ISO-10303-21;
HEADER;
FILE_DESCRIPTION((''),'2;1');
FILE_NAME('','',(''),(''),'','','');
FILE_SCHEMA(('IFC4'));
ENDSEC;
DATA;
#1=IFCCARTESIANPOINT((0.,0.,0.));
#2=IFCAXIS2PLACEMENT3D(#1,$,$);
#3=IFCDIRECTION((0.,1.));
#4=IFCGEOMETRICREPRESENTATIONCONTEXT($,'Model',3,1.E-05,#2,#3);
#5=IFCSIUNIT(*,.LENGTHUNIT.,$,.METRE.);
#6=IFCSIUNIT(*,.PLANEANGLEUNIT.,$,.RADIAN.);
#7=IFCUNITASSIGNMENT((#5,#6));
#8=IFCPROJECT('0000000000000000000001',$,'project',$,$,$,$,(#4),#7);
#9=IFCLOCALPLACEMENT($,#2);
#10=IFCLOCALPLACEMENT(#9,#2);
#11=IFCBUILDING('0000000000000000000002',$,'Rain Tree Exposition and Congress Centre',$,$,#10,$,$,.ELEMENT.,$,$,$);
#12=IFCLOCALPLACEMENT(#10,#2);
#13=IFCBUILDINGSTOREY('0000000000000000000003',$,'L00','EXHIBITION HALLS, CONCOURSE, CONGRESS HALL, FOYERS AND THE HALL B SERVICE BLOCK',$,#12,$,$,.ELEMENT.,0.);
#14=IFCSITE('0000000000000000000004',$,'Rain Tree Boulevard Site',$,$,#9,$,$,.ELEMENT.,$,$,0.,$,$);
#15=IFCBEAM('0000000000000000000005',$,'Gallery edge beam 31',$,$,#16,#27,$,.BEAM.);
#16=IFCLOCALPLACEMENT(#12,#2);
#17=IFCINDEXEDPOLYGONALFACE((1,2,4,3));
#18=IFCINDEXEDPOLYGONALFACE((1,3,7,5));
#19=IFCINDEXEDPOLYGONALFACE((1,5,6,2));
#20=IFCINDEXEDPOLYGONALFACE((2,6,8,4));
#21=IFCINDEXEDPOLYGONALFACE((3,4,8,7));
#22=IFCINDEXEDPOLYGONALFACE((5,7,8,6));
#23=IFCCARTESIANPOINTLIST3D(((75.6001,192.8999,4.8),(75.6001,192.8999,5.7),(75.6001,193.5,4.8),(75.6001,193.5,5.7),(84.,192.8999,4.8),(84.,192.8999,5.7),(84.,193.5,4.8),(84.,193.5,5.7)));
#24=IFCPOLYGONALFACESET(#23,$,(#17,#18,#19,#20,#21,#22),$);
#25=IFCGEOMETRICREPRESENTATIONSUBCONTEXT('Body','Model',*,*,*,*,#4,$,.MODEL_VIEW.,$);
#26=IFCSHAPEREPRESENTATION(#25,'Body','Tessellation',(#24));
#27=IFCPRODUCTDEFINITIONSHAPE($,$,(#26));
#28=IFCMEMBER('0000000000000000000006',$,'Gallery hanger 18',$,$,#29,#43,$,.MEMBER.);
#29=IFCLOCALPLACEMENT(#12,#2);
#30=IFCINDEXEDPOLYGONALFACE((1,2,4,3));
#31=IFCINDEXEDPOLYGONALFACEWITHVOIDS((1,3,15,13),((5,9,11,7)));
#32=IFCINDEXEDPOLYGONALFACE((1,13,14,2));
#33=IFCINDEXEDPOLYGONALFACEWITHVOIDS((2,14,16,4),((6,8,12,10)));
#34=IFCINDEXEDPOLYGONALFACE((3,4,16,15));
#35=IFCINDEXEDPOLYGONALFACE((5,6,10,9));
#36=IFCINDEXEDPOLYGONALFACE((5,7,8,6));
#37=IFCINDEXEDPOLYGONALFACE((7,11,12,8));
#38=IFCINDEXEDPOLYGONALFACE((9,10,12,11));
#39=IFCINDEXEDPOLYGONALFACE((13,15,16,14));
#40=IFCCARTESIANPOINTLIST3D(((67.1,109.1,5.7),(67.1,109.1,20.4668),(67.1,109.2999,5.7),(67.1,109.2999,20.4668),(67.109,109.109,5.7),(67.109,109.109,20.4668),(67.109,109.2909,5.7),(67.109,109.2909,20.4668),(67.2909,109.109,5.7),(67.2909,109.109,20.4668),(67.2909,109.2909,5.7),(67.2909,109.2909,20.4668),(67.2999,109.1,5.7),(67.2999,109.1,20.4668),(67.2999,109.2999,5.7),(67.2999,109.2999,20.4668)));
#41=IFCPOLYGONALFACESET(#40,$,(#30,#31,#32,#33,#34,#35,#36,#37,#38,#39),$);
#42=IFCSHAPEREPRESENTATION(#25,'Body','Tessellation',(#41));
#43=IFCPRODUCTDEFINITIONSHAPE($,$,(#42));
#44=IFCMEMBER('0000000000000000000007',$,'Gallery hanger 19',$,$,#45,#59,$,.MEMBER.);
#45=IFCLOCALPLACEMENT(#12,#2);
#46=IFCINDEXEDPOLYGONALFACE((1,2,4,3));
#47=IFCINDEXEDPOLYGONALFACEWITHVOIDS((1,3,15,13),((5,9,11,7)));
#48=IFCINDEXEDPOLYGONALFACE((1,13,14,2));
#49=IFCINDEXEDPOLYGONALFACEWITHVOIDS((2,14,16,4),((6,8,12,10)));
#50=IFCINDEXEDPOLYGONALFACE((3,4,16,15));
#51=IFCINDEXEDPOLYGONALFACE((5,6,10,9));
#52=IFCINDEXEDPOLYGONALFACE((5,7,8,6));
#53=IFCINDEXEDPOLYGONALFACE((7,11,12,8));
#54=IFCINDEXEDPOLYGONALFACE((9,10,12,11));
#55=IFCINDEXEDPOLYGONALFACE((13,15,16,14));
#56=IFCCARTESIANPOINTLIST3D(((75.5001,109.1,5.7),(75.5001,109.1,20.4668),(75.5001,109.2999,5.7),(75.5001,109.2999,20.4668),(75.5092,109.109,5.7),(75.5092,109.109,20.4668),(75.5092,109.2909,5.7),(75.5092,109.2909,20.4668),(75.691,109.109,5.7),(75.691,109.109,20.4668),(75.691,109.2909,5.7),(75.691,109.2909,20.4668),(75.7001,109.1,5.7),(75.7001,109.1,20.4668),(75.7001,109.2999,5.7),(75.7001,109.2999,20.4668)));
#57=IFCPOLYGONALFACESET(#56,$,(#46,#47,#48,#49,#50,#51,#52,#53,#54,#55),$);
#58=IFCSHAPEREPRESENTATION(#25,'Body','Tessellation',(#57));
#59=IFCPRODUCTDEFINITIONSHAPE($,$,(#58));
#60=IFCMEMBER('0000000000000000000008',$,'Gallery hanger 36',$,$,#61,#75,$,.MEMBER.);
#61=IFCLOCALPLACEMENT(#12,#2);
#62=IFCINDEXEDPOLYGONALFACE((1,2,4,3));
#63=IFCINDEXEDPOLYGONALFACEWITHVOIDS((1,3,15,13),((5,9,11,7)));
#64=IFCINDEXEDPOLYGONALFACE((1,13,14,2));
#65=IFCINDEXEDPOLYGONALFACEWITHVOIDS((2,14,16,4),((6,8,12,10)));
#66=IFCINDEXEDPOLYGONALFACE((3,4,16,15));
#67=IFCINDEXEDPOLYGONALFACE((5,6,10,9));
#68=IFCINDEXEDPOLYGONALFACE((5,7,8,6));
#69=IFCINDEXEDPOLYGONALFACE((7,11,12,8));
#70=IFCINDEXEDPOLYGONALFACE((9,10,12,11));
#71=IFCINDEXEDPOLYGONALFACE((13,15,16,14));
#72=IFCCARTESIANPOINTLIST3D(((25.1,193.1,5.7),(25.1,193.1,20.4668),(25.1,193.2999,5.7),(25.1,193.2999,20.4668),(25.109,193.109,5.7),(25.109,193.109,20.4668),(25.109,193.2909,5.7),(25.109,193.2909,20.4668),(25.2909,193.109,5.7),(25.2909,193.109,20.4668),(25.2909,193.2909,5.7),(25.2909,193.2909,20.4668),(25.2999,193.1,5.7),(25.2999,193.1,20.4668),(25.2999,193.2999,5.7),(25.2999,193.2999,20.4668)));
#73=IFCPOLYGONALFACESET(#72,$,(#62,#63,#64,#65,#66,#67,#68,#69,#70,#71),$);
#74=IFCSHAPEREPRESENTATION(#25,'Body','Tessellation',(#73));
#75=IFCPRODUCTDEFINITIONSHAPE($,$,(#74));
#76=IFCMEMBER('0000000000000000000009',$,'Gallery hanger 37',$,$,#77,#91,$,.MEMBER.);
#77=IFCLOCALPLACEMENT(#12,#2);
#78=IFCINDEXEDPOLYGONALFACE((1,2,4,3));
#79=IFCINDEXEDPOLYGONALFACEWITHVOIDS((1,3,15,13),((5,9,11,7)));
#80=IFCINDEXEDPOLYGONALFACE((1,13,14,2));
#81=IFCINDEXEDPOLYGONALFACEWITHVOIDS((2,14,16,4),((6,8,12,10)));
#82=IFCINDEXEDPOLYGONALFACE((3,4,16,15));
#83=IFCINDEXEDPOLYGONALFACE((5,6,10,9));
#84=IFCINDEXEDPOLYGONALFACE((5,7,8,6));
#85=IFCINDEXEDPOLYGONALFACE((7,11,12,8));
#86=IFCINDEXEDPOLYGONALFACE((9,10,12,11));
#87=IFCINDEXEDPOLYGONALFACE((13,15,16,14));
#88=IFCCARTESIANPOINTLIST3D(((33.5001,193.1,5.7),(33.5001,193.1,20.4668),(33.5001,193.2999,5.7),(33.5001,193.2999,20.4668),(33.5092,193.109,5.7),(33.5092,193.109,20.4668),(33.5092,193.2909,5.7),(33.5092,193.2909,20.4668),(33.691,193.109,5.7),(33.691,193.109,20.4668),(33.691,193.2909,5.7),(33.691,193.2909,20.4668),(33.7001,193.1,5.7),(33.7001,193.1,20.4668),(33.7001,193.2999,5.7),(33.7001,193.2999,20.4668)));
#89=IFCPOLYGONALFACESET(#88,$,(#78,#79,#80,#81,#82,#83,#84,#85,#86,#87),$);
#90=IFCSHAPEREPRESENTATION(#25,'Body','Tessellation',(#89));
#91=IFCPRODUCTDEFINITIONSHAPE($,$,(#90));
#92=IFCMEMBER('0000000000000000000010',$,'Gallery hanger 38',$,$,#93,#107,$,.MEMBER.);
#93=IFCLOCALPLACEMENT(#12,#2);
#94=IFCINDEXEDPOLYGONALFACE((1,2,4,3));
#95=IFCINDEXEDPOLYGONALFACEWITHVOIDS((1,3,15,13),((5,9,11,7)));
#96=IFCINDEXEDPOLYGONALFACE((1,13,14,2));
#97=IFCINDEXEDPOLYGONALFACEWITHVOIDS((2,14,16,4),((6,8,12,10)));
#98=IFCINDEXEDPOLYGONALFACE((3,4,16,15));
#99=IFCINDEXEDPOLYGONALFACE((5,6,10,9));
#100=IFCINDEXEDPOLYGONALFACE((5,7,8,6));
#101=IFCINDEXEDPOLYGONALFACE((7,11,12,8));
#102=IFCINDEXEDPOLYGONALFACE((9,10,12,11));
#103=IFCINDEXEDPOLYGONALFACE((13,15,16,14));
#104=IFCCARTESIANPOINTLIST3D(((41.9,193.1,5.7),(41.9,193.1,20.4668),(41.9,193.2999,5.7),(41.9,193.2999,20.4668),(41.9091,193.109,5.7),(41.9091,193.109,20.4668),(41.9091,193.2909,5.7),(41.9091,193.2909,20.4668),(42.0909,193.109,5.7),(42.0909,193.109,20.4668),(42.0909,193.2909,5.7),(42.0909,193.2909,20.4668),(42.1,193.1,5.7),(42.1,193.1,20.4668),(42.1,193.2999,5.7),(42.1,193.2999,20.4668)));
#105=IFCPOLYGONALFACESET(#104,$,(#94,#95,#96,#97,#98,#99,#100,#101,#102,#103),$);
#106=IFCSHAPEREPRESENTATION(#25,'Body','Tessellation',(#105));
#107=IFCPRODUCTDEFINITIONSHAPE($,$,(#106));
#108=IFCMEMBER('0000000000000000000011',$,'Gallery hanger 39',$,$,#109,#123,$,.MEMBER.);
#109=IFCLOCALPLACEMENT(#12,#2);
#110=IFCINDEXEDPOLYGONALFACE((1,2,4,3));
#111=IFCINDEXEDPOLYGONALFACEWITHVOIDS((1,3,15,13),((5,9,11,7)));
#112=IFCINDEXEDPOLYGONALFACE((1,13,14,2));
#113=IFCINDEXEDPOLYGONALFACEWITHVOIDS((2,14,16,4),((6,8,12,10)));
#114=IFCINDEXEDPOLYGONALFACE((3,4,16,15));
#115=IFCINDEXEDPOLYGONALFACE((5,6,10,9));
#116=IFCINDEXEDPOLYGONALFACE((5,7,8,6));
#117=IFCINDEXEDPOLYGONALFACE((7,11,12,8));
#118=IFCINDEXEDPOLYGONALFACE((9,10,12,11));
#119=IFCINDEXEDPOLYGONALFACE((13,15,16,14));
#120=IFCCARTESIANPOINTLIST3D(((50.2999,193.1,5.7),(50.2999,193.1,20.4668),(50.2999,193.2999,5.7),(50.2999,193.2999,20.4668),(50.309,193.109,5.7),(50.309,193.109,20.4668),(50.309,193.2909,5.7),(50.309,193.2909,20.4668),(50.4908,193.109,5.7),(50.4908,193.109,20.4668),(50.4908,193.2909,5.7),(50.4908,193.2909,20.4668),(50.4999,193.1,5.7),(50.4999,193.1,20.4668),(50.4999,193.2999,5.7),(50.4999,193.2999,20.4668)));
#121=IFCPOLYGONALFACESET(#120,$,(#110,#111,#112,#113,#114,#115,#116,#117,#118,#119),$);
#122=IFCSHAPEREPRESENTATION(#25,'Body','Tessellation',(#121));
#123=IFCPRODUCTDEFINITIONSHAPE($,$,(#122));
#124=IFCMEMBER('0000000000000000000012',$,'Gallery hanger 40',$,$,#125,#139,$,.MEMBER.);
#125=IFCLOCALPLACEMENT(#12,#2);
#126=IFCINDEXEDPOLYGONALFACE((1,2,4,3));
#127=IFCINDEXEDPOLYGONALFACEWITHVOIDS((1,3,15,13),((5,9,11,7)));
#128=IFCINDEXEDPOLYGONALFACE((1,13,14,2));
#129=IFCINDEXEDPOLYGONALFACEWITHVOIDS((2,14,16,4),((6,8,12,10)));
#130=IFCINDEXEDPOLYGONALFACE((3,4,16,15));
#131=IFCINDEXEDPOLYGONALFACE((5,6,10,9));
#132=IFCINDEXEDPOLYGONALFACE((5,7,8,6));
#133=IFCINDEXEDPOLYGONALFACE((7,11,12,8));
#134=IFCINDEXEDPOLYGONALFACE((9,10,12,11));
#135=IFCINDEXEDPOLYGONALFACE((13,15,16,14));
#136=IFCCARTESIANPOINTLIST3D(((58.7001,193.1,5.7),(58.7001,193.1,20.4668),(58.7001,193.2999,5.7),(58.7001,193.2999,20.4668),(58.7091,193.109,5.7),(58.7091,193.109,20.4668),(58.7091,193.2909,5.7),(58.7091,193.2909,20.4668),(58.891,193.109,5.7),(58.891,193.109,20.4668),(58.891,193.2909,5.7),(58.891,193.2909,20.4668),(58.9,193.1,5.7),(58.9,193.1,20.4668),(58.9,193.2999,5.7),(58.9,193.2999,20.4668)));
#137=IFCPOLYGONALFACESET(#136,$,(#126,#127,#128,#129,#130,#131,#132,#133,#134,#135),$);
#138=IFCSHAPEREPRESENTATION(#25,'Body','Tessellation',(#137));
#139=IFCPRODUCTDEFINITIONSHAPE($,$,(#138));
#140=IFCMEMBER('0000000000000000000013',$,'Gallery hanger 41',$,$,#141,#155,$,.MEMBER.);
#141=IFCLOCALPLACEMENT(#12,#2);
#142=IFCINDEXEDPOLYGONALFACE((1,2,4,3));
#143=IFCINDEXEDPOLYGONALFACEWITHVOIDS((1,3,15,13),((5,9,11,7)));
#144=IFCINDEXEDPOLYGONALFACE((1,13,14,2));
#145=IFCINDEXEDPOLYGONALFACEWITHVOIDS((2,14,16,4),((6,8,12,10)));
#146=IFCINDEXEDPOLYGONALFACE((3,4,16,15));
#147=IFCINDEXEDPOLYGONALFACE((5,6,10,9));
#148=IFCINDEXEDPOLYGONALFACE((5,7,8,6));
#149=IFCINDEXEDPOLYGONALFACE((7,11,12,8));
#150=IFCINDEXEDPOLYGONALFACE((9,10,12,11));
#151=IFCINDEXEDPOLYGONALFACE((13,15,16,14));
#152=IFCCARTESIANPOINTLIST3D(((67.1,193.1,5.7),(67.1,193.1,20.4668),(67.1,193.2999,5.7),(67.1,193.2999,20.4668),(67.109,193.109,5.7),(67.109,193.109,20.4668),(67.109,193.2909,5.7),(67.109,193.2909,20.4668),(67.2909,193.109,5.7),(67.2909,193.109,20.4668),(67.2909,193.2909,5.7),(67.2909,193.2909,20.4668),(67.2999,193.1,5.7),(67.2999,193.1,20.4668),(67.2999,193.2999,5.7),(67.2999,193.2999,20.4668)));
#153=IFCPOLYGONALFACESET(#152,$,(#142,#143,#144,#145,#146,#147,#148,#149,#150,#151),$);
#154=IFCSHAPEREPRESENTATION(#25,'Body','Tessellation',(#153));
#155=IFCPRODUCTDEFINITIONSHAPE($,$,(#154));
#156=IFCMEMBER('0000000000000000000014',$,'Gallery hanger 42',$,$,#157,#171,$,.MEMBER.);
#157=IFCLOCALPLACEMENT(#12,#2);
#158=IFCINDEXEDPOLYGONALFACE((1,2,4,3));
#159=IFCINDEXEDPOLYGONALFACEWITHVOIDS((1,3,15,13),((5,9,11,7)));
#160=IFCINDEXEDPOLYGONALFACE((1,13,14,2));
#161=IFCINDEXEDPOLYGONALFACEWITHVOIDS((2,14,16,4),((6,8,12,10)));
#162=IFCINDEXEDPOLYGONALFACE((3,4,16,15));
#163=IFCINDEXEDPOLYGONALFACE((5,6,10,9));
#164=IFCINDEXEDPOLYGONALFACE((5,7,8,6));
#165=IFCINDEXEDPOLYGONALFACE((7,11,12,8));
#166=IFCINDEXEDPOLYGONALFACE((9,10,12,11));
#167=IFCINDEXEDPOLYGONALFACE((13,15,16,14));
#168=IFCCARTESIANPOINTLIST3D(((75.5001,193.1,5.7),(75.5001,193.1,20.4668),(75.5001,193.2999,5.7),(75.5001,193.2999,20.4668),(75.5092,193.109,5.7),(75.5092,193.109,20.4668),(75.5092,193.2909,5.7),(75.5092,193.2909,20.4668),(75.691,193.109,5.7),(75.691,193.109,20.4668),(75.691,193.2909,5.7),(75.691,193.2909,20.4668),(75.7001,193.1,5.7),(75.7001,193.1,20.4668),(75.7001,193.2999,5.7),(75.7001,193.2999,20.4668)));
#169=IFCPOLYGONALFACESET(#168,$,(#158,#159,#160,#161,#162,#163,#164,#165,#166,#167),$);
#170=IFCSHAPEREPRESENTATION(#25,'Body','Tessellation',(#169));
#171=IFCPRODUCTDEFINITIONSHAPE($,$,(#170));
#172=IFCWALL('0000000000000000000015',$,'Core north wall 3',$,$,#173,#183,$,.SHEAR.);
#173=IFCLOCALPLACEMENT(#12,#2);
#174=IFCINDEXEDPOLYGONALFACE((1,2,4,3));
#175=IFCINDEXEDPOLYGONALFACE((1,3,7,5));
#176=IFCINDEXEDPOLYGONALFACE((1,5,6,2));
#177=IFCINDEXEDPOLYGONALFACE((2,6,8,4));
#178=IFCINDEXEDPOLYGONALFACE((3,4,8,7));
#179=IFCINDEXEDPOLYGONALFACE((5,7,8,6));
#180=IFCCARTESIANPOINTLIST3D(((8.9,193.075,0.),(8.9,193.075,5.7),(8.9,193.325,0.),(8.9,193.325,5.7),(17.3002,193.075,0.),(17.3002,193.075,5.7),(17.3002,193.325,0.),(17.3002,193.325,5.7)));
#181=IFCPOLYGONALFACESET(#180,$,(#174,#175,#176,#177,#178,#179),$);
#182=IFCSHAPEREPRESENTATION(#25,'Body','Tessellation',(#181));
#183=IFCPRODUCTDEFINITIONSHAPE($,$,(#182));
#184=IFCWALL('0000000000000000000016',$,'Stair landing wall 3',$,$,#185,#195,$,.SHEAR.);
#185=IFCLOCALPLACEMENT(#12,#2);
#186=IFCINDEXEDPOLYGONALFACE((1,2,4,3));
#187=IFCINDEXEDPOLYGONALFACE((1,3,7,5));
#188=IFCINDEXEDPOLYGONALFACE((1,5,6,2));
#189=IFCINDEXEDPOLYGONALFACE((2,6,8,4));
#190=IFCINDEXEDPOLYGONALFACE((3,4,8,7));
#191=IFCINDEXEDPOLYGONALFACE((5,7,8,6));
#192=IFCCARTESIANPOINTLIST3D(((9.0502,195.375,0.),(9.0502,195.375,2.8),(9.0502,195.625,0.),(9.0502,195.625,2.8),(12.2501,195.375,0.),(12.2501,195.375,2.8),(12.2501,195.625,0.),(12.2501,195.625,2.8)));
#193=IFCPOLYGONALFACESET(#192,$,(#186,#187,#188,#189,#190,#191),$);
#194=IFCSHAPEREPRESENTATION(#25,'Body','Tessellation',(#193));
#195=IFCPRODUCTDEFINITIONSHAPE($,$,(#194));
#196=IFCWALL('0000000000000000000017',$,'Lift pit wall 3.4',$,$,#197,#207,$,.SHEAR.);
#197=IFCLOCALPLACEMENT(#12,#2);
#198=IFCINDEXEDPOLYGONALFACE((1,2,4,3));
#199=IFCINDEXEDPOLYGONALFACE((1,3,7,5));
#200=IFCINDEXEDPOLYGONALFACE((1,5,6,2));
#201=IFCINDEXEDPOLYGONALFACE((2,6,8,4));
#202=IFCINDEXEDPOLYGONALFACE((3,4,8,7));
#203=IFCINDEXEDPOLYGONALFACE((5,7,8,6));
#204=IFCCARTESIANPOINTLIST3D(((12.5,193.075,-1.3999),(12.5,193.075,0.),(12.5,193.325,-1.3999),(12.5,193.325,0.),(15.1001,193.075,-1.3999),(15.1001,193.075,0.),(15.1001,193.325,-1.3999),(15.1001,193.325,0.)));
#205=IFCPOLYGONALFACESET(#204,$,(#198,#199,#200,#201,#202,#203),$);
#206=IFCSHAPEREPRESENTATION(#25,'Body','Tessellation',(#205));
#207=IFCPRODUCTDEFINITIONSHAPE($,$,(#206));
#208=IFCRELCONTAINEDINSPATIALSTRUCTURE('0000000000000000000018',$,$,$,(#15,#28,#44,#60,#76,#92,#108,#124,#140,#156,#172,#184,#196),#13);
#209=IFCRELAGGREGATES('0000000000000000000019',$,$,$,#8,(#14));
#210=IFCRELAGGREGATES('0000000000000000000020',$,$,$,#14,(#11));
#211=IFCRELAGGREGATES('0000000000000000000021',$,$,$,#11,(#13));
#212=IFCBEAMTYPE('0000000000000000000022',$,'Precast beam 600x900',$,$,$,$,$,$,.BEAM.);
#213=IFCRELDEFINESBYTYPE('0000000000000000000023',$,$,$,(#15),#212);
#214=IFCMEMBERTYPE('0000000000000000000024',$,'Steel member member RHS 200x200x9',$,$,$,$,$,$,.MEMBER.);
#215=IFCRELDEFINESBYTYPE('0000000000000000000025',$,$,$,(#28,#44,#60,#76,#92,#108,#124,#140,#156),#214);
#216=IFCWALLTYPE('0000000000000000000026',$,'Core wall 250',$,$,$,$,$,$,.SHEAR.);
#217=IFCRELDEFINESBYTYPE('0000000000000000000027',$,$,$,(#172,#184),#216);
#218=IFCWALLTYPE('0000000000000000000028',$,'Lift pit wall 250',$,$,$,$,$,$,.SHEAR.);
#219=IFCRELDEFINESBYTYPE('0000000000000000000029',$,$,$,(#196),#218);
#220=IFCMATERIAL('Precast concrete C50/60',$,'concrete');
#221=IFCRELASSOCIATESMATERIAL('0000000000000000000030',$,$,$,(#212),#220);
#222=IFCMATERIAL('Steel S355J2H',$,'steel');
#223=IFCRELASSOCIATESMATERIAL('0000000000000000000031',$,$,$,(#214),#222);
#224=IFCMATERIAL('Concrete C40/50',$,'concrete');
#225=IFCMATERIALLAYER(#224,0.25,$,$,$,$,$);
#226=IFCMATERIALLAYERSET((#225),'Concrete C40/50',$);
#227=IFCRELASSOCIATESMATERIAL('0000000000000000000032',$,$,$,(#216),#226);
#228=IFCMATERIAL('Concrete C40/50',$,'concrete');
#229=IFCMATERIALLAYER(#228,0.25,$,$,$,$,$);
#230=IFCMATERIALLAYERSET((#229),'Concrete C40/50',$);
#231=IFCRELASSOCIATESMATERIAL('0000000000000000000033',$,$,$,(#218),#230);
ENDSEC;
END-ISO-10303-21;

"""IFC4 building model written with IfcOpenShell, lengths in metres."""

from ifc_helpers import new_model, si_unit, direction, frame, frame_2d, origin, origin_2d, place, context, subcontext, project, spatial, rectangle, hollow_rectangle, extrude, material, layer, layer_set, material_profile, profile_set, type_object, element, save


model = new_model("IFC4")

# Units and contexts
model_context = context("Model", 3, precision=1e-05, world=origin(), true_north=direction((0.0, 1.0)))
body_context = subcontext(model_context, "Body", "Model", "MODEL_VIEW")
ifc_project = project(units=[si_unit("LENGTHUNIT", "METRE"), si_unit("PLANEANGLEUNIT", "RADIAN")], contexts=[model_context])

# Site, building, storey
site_placement = place(None, origin())
site = spatial("IfcSite", under=ifc_project, at=site_placement, Name="Rain Tree Boulevard Site", CompositionType="ELEMENT", RefElevation=0.0)
building_placement = place(site_placement, origin())
building = spatial("IfcBuilding", under=site, at=building_placement, Name="Rain Tree Exposition and Congress Centre", CompositionType="ELEMENT")
storey_placement = place(building_placement, origin())
storey = spatial("IfcBuildingStorey", under=building, at=storey_placement, Name="L00", Description="EXHIBITION HALLS, CONCOURSE, CONGRESS HALL, FOYERS AND THE HALL B SERVICE BLOCK", CompositionType="ELEMENT", Elevation=0.0)

# Beam
ifc_material_1 = material(Name="Precast concrete C50/60", Category="concrete")
ifc_material_profile_1 = material_profile(ifc_material_1, rectangle(XDim=0.6001, YDim=0.8999, at=origin_2d()), Name="RC 600x900")
ifc_profile_set_1 = profile_set([ifc_material_profile_1], Name="Precast concrete C50/60")
beam_type = type_object("IfcBeamType", Name="Precast beam 600x900", PredefinedType="BEAM", material=ifc_profile_set_1)
beam_1_placement = place(storey_placement, frame((75.6001, 193.2, 5.25), z_axis=(1.0, 0.0, 0.0), x_axis=(0.0, 1.0, 0.0)))
element("IfcBeam", 1, at=beam_1_placement, inside=storey, type_object=beam_type, Name="Gallery edge beam 31", PredefinedType="BEAM", context=body_context, shape_type="SweptSolid", body=[
    extrude(rectangle(XDim=0.6001, YDim=0.8999, at=origin_2d()), origin(), (0.0, 0.0, 1.0), 8.3999),
])

# Members
ifc_material_2 = material(Name="Steel S355J2H", Category="steel")
ifc_material_profile_2 = material_profile(ifc_material_2, hollow_rectangle(XDim=0.2, YDim=0.2, WallThickness=0.009, at=origin_2d()), Name="RHS 200x200x9")
ifc_profile_set_2 = profile_set([ifc_material_profile_2], Name="Steel S355J2H")
member_type = type_object("IfcMemberType", Name="Steel member member RHS 200x200x9", PredefinedType="MEMBER", material=ifc_profile_set_2)
for number, where, z_axis, x_axis, name in (
    (2, (67.2, 109.2, 5.7), (0.0, 0.0, 1.0), (1.0, 0.0, 0.0), "Gallery hanger 18"),
    (3, (75.6001, 109.2, 5.7), (0.0, 0.0, 1.0), (1.0, 0.0, 0.0), "Gallery hanger 19"),
    (4, (25.2, 193.2, 5.7), (0.0, 0.0, 1.0), (1.0, 0.0, 0.0), "Gallery hanger 36"),
    (5, (33.6001, 193.2, 5.7), (0.0, 0.0, 1.0), (1.0, 0.0, 0.0), "Gallery hanger 37"),
    (6, (42.0, 193.2, 5.7), (0.0, 0.0, 1.0), (1.0, 0.0, 0.0), "Gallery hanger 38"),
    (7, (50.3999, 193.2, 5.7), (0.0, 0.0, 1.0), (1.0, 0.0, 0.0), "Gallery hanger 39"),
    (8, (58.8, 193.2, 5.7), (0.0, 0.0, 1.0), (1.0, 0.0, 0.0), "Gallery hanger 40"),
    (9, (67.2, 193.2, 5.7), (0.0, 0.0, 1.0), (1.0, 0.0, 0.0), "Gallery hanger 41"),
    (10, (75.6001, 193.2, 5.7), (0.0, 0.0, 1.0), (1.0, 0.0, 0.0), "Gallery hanger 42"),
):
    element("IfcMember", number, at=place(storey_placement, frame(where, z_axis=z_axis, x_axis=x_axis)), inside=storey, type_object=member_type, Name=name, PredefinedType="MEMBER", context=body_context, shape_type="SweptSolid", body=[
        extrude(hollow_rectangle(XDim=0.2, YDim=0.2, WallThickness=0.009, at=origin_2d()), origin(), (0.0, 0.0, 1.0), 14.7668),
    ])

# Walls
ifc_material_3 = material(Name="Concrete C40/50", Category="concrete")
ifc_layer_1 = layer(ifc_material_3, 0.25)
ifc_layer_set_1 = layer_set([ifc_layer_1], Name="Concrete C40/50")
wall_type_1 = type_object("IfcWallType", Name="Core wall 250", PredefinedType="SHEAR", material=ifc_layer_set_1)
wall_1_placement = place(storey_placement, frame((8.8999, 193.2, 0.0), z_axis=(0.0, 0.0, 1.0), x_axis=(1.0, 0.0, 0.0)))
element("IfcWall", 11, at=wall_1_placement, inside=storey, type_object=wall_type_1, Name="Core north wall 3", PredefinedType="SHEAR", context=body_context, shape_type="SweptSolid", body=[
    extrude(rectangle(XDim=8.4001, YDim=0.25, at=frame_2d((4.2002, 0.0))), origin(), (0.0, 0.0, 1.0), 5.7),
])
wall_2_placement = place(storey_placement, frame((9.05, 195.5, 0.0), z_axis=(0.0, 0.0, 1.0), x_axis=(1.0, 0.0, 0.0)))
element("IfcWall", 12, at=wall_2_placement, inside=storey, type_object=wall_type_1, Name="Stair landing wall 3", PredefinedType="SHEAR", context=body_context, shape_type="SweptSolid", body=[
    extrude(rectangle(XDim=3.2, YDim=0.25, at=frame_2d((1.6001, 0.0))), origin(), (0.0, 0.0, 1.0), 2.8),
])
ifc_material_4 = material(Name="Concrete C40/50", Category="concrete")
ifc_layer_2 = layer(ifc_material_4, 0.25)
ifc_layer_set_2 = layer_set([ifc_layer_2], Name="Concrete C40/50")
wall_type_2 = type_object("IfcWallType", Name="Lift pit wall 250", PredefinedType="SHEAR", material=ifc_layer_set_2)
wall_3_placement = place(storey_placement, frame((12.5, 193.2, -1.3999), z_axis=(0.0, 0.0, 1.0), x_axis=(1.0, 0.0, 0.0)))
element("IfcWall", 13, at=wall_3_placement, inside=storey, type_object=wall_type_2, Name="Lift pit wall 3.4", PredefinedType="SHEAR", context=body_context, shape_type="SweptSolid", body=[
    extrude(rectangle(XDim=2.6001, YDim=0.25, at=frame_2d((1.3, 0.0))), origin(), (0.0, 0.0, 1.0), 1.3999),
])

save(model, "model.ifc")
